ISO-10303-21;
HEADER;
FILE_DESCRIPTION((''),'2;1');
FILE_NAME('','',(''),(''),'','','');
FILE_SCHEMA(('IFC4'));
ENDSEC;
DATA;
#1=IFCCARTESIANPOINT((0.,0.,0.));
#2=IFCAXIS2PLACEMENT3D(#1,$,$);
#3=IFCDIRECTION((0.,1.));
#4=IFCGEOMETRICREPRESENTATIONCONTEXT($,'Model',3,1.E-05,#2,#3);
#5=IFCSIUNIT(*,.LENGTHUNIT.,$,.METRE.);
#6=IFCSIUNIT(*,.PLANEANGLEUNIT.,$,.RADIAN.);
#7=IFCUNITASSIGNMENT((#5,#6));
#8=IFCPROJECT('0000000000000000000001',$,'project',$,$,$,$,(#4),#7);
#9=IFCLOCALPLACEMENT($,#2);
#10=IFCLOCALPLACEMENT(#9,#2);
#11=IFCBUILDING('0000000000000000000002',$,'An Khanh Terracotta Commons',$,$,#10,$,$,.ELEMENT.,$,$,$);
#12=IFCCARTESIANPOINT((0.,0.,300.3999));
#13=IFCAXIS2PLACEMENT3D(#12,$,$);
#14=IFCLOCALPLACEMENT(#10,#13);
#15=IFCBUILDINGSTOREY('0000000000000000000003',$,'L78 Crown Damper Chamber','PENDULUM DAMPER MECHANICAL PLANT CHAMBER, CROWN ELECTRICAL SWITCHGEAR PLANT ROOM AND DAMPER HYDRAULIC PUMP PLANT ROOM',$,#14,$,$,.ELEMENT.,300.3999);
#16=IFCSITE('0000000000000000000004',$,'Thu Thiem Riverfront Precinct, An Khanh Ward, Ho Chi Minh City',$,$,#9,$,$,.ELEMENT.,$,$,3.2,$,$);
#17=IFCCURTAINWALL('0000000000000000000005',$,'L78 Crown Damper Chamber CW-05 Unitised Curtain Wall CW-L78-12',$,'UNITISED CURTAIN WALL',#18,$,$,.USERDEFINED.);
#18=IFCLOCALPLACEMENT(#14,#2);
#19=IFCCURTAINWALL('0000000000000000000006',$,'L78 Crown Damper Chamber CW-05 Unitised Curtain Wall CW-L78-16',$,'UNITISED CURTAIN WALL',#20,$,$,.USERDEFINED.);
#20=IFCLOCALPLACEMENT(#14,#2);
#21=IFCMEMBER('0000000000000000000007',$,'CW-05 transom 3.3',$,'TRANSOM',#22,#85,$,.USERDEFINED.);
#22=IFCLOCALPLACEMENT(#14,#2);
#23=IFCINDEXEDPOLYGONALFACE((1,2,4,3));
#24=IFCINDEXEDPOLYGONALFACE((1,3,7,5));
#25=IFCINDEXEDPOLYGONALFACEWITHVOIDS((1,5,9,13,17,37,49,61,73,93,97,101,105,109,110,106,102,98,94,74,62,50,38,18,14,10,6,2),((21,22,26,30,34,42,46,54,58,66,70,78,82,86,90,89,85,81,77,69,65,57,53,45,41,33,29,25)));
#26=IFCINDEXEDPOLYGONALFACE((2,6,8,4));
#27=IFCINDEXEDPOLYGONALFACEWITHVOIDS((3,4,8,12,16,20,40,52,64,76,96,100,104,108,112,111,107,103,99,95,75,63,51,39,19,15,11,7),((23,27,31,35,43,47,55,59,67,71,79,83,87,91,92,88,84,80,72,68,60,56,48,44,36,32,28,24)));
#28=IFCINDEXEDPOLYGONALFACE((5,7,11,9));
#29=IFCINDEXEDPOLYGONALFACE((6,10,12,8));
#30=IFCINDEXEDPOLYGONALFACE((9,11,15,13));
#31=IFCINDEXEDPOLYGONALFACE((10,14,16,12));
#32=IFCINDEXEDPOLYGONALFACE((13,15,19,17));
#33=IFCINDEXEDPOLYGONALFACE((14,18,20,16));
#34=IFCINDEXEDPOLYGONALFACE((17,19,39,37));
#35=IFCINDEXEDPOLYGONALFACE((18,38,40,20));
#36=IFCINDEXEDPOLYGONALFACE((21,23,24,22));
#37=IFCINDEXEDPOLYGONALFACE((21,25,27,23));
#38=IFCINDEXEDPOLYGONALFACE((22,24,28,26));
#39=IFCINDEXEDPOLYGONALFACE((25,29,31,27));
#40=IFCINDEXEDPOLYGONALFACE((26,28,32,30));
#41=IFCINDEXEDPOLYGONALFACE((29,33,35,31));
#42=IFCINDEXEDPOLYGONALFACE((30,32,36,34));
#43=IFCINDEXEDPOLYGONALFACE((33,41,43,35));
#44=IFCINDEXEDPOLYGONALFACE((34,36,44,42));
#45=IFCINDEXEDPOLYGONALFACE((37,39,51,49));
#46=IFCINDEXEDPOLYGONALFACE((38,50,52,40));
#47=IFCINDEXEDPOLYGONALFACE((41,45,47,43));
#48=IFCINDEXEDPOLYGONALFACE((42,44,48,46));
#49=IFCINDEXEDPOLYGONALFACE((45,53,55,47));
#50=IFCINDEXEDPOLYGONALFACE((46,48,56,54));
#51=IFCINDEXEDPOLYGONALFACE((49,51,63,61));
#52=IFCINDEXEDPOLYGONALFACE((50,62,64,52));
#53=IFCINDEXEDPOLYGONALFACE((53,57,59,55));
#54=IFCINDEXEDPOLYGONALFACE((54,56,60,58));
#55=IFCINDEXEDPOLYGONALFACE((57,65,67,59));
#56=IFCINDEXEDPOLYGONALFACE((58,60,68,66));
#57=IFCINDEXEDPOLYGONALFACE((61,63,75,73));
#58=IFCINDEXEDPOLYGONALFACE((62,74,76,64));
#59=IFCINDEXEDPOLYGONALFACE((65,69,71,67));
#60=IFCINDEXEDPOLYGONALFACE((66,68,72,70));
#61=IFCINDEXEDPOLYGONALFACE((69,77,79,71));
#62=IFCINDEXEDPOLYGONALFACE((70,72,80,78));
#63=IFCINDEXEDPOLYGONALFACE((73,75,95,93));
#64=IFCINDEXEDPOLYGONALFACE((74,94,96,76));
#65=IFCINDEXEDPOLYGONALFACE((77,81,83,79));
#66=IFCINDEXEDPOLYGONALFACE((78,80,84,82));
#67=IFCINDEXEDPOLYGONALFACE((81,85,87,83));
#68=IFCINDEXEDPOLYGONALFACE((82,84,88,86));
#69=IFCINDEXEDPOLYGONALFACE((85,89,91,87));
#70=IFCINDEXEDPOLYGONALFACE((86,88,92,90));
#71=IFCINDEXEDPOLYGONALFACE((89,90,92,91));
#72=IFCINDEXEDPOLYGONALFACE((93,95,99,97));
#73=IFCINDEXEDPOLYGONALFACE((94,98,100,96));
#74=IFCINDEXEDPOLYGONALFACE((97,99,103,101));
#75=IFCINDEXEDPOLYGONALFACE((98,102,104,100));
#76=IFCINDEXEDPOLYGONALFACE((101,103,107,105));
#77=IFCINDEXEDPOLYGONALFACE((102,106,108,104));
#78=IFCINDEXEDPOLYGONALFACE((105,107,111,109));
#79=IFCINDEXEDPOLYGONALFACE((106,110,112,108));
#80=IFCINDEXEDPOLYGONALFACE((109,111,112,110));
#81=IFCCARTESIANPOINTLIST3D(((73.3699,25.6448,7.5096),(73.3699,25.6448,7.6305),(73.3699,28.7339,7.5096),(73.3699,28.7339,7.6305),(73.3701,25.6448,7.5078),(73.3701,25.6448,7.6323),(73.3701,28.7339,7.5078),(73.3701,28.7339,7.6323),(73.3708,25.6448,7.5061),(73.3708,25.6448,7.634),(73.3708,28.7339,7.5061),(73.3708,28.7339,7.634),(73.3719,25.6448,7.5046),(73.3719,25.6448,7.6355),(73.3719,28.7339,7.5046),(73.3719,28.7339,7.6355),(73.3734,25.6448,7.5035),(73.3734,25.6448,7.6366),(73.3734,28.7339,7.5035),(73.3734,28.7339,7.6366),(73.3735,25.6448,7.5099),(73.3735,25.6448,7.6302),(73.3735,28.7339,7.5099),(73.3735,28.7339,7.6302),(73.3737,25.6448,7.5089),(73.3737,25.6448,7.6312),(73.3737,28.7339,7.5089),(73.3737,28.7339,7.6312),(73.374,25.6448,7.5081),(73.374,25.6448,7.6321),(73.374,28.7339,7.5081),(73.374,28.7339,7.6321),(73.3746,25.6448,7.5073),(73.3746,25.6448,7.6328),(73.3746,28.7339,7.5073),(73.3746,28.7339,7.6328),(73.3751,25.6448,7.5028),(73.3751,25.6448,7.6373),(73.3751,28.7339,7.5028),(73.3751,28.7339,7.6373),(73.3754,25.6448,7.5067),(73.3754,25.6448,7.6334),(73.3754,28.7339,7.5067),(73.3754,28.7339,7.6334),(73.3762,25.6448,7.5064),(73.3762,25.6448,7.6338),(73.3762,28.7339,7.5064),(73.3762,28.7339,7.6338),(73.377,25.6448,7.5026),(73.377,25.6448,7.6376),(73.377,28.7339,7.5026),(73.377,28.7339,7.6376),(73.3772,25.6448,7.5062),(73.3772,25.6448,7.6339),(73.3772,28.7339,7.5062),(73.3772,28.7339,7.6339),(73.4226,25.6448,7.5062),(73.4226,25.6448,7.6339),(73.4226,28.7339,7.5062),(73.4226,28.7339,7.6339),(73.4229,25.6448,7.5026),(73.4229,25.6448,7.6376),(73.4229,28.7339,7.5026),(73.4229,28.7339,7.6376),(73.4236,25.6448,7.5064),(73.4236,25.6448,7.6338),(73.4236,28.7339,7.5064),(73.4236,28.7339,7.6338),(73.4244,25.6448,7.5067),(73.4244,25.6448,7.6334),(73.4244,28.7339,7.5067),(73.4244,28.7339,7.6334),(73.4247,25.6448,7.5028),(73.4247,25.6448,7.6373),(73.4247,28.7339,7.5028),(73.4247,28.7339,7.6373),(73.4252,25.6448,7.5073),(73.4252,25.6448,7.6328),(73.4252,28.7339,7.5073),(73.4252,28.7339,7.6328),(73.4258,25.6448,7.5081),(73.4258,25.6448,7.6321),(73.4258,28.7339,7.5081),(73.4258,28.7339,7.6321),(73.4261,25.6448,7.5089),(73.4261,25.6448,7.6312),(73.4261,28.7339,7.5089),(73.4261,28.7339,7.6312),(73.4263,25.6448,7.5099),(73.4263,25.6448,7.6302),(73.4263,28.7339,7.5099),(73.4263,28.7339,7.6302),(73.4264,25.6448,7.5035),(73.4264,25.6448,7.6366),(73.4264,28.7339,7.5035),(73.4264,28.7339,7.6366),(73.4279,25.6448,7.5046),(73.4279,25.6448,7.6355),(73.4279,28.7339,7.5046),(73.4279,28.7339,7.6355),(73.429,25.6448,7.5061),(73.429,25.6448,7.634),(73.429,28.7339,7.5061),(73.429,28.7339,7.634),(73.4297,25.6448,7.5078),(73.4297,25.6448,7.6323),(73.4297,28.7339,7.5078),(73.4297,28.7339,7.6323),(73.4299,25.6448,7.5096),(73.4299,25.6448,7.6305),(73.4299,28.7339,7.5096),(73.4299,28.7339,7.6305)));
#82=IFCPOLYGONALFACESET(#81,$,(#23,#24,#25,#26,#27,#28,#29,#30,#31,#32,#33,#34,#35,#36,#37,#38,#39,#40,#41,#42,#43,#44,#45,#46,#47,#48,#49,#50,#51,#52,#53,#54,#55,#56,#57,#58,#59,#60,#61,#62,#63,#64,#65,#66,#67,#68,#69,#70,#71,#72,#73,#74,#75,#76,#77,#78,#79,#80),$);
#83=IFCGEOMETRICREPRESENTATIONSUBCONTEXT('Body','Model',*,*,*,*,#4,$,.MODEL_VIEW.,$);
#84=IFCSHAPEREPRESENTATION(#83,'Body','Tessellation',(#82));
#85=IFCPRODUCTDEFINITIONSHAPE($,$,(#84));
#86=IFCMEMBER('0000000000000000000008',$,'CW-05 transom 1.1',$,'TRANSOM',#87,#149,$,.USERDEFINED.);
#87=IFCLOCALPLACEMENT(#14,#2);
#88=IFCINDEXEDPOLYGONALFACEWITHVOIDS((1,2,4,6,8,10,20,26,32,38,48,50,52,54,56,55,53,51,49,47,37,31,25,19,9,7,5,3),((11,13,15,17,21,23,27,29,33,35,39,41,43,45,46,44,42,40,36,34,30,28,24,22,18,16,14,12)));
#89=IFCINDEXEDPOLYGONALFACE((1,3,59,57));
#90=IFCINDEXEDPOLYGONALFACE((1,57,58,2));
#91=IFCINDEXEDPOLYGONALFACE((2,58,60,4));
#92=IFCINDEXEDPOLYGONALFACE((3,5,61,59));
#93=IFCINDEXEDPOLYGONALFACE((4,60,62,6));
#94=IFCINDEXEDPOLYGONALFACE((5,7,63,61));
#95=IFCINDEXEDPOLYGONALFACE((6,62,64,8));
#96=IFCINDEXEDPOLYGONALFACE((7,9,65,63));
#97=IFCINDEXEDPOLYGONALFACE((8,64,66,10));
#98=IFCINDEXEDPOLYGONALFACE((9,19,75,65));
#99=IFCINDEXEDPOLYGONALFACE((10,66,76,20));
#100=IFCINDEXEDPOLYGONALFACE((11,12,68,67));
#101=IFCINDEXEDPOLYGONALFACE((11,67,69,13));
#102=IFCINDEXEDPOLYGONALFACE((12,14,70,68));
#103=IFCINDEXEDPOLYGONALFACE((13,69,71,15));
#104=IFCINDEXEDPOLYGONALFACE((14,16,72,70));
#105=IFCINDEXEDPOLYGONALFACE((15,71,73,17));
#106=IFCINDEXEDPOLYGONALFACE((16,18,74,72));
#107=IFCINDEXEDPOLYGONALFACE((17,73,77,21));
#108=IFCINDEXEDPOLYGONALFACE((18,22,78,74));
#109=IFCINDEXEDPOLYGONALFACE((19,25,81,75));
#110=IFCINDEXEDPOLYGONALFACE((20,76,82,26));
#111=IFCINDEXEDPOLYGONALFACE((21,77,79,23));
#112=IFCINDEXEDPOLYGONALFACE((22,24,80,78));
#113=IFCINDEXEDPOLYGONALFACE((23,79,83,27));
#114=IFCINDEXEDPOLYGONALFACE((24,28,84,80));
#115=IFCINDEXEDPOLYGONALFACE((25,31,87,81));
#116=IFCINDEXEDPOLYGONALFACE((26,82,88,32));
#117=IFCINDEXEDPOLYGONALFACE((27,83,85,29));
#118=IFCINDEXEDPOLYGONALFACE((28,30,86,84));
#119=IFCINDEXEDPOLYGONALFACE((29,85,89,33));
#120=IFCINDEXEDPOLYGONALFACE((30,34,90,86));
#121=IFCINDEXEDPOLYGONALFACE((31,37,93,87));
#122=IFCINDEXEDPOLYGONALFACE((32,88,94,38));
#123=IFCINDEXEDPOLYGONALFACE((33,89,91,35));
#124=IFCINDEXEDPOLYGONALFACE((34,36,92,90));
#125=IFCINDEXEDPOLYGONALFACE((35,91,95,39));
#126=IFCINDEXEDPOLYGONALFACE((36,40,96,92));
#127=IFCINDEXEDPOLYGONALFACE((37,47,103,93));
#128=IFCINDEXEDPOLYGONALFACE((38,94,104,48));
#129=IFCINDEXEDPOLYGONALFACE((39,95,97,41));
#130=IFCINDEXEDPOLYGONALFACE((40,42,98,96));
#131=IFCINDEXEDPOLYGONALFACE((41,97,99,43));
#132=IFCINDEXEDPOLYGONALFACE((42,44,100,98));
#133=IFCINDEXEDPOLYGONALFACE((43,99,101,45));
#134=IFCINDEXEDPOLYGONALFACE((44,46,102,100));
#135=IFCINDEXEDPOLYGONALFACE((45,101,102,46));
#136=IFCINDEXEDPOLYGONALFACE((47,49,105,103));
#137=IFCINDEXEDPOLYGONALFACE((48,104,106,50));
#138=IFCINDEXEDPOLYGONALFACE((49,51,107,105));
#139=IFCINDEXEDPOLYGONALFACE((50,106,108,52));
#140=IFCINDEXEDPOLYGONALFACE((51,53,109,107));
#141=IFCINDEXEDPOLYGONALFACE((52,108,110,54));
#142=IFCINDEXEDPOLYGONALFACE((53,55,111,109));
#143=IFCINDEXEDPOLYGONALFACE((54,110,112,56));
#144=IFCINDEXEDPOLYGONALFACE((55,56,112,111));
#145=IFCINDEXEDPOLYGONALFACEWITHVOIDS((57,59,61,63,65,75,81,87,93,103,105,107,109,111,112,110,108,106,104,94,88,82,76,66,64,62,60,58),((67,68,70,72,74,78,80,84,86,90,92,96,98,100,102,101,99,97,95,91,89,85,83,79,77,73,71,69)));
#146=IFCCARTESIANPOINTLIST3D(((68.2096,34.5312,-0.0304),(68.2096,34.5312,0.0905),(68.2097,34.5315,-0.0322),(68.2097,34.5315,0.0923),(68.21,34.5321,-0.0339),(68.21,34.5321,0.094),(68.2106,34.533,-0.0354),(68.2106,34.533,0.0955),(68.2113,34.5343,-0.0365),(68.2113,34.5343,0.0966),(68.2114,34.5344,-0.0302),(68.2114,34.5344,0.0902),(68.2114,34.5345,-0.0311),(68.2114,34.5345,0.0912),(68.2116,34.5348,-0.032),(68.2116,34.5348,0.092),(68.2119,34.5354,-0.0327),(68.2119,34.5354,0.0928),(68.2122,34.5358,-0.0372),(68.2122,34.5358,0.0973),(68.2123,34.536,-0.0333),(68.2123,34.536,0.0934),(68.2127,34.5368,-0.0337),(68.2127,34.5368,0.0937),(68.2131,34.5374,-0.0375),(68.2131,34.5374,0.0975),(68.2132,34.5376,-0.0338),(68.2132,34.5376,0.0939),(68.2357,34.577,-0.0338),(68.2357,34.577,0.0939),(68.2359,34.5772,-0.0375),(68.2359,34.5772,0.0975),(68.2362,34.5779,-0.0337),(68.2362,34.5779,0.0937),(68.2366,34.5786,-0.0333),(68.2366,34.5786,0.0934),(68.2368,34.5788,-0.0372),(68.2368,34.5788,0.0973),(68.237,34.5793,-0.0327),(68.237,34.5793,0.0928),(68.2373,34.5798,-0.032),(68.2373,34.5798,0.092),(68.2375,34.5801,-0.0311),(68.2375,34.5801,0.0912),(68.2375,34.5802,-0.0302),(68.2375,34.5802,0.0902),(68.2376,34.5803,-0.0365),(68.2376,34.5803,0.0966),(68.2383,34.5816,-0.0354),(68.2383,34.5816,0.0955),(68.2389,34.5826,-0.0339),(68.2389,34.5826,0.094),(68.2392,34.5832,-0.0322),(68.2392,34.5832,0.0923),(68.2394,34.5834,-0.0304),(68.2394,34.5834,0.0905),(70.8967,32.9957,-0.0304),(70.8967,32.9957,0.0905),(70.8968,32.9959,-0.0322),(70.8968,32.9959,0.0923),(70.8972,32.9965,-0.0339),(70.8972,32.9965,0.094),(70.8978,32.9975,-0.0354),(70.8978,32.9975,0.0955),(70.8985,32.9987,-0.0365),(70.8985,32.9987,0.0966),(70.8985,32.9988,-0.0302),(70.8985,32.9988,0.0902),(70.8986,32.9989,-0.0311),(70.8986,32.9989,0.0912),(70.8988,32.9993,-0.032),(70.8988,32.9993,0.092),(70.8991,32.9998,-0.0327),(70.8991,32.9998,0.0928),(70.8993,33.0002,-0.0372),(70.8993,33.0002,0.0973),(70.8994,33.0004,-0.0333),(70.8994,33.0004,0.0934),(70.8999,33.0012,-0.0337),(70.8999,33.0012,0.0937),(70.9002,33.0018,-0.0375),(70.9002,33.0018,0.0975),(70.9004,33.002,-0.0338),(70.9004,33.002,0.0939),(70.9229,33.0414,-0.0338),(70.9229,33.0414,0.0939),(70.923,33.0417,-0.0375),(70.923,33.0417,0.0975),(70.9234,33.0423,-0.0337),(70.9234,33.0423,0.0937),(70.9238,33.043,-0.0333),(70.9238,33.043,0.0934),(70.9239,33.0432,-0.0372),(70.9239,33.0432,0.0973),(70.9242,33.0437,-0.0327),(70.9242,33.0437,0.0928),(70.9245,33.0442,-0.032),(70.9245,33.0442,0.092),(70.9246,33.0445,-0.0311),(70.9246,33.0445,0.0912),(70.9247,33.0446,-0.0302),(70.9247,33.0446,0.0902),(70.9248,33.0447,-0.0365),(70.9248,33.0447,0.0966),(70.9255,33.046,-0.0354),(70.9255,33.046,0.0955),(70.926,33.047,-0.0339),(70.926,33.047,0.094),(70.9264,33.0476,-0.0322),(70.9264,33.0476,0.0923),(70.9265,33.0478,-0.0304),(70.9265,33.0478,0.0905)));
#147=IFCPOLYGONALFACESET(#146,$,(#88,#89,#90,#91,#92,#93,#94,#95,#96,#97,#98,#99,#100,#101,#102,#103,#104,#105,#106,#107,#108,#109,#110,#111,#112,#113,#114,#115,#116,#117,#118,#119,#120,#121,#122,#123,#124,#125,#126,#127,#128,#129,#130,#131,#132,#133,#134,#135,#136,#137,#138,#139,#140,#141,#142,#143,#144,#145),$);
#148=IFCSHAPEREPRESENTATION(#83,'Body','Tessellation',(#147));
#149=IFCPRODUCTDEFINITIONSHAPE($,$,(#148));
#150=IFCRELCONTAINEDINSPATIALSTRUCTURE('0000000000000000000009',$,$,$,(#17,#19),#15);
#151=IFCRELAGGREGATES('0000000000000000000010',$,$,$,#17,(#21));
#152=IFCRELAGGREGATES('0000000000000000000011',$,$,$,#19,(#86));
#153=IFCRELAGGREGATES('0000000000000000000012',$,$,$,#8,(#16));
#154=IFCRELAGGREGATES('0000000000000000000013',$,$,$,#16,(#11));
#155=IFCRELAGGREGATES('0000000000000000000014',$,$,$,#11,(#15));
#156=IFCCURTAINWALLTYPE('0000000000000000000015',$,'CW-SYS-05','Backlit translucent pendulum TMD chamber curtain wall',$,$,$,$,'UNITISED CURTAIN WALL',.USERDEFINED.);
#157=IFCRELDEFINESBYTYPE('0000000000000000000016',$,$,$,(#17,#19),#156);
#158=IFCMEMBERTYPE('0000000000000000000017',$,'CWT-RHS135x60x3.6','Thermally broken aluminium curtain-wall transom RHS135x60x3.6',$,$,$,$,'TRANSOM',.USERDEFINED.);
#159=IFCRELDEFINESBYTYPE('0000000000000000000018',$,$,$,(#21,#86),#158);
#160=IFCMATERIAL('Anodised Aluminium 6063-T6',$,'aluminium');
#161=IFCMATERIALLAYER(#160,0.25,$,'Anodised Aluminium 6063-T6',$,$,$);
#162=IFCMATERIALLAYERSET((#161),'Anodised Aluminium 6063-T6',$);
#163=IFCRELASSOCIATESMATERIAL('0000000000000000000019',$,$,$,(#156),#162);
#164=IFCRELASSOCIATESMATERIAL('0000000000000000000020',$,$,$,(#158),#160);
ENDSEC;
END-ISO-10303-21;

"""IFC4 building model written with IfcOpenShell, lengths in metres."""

from ifc_helpers import new_model, si_unit, direction, frame, origin, origin_2d, place, context, subcontext, project, spatial, hollow_rectangle, extrude, material, layer, layer_set, material_profile, profile_set, type_object, element, aggregate, save


model = new_model("IFC4")

# Units and contexts
model_context = context("Model", 3, precision=1e-05, world=origin(), true_north=direction((0.0, 1.0)))
body_context = subcontext(model_context, "Body", "Model", "MODEL_VIEW")
ifc_project = project(units=[si_unit("LENGTHUNIT", "METRE"), si_unit("PLANEANGLEUNIT", "RADIAN")], contexts=[model_context])

# Site, building, storey
site_placement = place(None, origin())
site = spatial("IfcSite", under=ifc_project, at=site_placement, Name="Thu Thiem Riverfront Precinct, An Khanh Ward, Ho Chi Minh City", CompositionType="ELEMENT", RefElevation=3.2)
building_placement = place(site_placement, origin())
building = spatial("IfcBuilding", under=site, at=building_placement, Name="An Khanh Terracotta Commons", CompositionType="ELEMENT")
storey_placement = place(building_placement, frame((0.0, 0.0, 300.3999)))
storey = spatial("IfcBuildingStorey", under=building, at=storey_placement, Name="L78 Crown Damper Chamber", Description="PENDULUM DAMPER MECHANICAL PLANT CHAMBER, CROWN ELECTRICAL SWITCHGEAR PLANT ROOM AND DAMPER HYDRAULIC PUMP PLANT ROOM", CompositionType="ELEMENT", Elevation=300.3999)

# Curtain walls
ifc_material_1 = material(Name="Anodised Aluminium 6063-T6", Category="aluminium")
ifc_layer_1 = layer(ifc_material_1, 0.25, Name="Anodised Aluminium 6063-T6")
ifc_layer_set_1 = layer_set([ifc_layer_1], Name="Anodised Aluminium 6063-T6")
curtain_wall_type = type_object("IfcCurtainWallType", Name="CW-SYS-05", Description="Backlit translucent pendulum TMD chamber curtain wall", ElementType="UNITISED CURTAIN WALL", PredefinedType="USERDEFINED", material=ifc_layer_set_1)
curtain_wall_1_placement = place(storey_placement, origin())
curtain_wall_1 = element("IfcCurtainWall", 1, at=curtain_wall_1_placement, inside=storey, type_object=curtain_wall_type, Name="L78 Crown Damper Chamber CW-05 Unitised Curtain Wall CW-L78-12", ObjectType="UNITISED CURTAIN WALL", PredefinedType="USERDEFINED")
curtain_wall_2_placement = place(storey_placement, origin())
curtain_wall_2 = element("IfcCurtainWall", 2, at=curtain_wall_2_placement, inside=storey, type_object=curtain_wall_type, Name="L78 Crown Damper Chamber CW-05 Unitised Curtain Wall CW-L78-16", ObjectType="UNITISED CURTAIN WALL", PredefinedType="USERDEFINED")

# Members
ifc_material_profile_1 = material_profile(ifc_material_1, hollow_rectangle(XDim=0.0601, YDim=0.135, WallThickness=0.0037, InnerFilletRadius=0.0037, OuterFilletRadius=0.0071, at=origin_2d()), Name="RHS135x60x3.6")
ifc_profile_set_1 = profile_set([ifc_material_profile_1], Name="Anodised Aluminium 6063-T6")
member_type_1 = type_object("IfcMemberType", Name="CWT-RHS135x60x3.6", Description="Thermally broken aluminium curtain-wall transom RHS135x60x3.6", ElementType="TRANSOM", PredefinedType="USERDEFINED", material=ifc_profile_set_1)
member_1_placement = place(storey_placement, frame((73.3999, 25.6448, 7.5701), z_axis=(0.0, 1.0, 0.0), x_axis=(-1.0, 0.0, 0.0)))
member_1 = element("IfcMember", 3, at=member_1_placement, type_object=member_type_1, Name="CW-05 transom 3.3", ObjectType="TRANSOM", PredefinedType="USERDEFINED", context=body_context, shape_type="SweptSolid", body=[
    extrude(hollow_rectangle(XDim=0.0601, YDim=0.135, WallThickness=0.0037, InnerFilletRadius=0.0037, OuterFilletRadius=0.0071, at=origin_2d()), origin(), (0.0, 0.0, 1.0), 3.0891),
])
member_2_placement = place(storey_placement, frame((70.9116, 33.0217, 0.03), z_axis=(-0.868233, 0.496156, 0.0), x_axis=(-0.496156, -0.868233, 0.0)))
member_2 = element("IfcMember", 4, at=member_2_placement, type_object=member_type_1, Name="CW-05 transom 1.1", ObjectType="TRANSOM", PredefinedType="USERDEFINED", context=body_context, shape_type="SweptSolid", body=[
    extrude(hollow_rectangle(XDim=0.0601, YDim=0.135, WallThickness=0.0037, InnerFilletRadius=0.0037, OuterFilletRadius=0.0071, at=origin_2d()), origin(), (0.0, 0.0, 1.0), 3.095),
])

aggregate(curtain_wall_1, [member_1])
aggregate(curtain_wall_2, [member_2])

save(model, "model.ifc")
